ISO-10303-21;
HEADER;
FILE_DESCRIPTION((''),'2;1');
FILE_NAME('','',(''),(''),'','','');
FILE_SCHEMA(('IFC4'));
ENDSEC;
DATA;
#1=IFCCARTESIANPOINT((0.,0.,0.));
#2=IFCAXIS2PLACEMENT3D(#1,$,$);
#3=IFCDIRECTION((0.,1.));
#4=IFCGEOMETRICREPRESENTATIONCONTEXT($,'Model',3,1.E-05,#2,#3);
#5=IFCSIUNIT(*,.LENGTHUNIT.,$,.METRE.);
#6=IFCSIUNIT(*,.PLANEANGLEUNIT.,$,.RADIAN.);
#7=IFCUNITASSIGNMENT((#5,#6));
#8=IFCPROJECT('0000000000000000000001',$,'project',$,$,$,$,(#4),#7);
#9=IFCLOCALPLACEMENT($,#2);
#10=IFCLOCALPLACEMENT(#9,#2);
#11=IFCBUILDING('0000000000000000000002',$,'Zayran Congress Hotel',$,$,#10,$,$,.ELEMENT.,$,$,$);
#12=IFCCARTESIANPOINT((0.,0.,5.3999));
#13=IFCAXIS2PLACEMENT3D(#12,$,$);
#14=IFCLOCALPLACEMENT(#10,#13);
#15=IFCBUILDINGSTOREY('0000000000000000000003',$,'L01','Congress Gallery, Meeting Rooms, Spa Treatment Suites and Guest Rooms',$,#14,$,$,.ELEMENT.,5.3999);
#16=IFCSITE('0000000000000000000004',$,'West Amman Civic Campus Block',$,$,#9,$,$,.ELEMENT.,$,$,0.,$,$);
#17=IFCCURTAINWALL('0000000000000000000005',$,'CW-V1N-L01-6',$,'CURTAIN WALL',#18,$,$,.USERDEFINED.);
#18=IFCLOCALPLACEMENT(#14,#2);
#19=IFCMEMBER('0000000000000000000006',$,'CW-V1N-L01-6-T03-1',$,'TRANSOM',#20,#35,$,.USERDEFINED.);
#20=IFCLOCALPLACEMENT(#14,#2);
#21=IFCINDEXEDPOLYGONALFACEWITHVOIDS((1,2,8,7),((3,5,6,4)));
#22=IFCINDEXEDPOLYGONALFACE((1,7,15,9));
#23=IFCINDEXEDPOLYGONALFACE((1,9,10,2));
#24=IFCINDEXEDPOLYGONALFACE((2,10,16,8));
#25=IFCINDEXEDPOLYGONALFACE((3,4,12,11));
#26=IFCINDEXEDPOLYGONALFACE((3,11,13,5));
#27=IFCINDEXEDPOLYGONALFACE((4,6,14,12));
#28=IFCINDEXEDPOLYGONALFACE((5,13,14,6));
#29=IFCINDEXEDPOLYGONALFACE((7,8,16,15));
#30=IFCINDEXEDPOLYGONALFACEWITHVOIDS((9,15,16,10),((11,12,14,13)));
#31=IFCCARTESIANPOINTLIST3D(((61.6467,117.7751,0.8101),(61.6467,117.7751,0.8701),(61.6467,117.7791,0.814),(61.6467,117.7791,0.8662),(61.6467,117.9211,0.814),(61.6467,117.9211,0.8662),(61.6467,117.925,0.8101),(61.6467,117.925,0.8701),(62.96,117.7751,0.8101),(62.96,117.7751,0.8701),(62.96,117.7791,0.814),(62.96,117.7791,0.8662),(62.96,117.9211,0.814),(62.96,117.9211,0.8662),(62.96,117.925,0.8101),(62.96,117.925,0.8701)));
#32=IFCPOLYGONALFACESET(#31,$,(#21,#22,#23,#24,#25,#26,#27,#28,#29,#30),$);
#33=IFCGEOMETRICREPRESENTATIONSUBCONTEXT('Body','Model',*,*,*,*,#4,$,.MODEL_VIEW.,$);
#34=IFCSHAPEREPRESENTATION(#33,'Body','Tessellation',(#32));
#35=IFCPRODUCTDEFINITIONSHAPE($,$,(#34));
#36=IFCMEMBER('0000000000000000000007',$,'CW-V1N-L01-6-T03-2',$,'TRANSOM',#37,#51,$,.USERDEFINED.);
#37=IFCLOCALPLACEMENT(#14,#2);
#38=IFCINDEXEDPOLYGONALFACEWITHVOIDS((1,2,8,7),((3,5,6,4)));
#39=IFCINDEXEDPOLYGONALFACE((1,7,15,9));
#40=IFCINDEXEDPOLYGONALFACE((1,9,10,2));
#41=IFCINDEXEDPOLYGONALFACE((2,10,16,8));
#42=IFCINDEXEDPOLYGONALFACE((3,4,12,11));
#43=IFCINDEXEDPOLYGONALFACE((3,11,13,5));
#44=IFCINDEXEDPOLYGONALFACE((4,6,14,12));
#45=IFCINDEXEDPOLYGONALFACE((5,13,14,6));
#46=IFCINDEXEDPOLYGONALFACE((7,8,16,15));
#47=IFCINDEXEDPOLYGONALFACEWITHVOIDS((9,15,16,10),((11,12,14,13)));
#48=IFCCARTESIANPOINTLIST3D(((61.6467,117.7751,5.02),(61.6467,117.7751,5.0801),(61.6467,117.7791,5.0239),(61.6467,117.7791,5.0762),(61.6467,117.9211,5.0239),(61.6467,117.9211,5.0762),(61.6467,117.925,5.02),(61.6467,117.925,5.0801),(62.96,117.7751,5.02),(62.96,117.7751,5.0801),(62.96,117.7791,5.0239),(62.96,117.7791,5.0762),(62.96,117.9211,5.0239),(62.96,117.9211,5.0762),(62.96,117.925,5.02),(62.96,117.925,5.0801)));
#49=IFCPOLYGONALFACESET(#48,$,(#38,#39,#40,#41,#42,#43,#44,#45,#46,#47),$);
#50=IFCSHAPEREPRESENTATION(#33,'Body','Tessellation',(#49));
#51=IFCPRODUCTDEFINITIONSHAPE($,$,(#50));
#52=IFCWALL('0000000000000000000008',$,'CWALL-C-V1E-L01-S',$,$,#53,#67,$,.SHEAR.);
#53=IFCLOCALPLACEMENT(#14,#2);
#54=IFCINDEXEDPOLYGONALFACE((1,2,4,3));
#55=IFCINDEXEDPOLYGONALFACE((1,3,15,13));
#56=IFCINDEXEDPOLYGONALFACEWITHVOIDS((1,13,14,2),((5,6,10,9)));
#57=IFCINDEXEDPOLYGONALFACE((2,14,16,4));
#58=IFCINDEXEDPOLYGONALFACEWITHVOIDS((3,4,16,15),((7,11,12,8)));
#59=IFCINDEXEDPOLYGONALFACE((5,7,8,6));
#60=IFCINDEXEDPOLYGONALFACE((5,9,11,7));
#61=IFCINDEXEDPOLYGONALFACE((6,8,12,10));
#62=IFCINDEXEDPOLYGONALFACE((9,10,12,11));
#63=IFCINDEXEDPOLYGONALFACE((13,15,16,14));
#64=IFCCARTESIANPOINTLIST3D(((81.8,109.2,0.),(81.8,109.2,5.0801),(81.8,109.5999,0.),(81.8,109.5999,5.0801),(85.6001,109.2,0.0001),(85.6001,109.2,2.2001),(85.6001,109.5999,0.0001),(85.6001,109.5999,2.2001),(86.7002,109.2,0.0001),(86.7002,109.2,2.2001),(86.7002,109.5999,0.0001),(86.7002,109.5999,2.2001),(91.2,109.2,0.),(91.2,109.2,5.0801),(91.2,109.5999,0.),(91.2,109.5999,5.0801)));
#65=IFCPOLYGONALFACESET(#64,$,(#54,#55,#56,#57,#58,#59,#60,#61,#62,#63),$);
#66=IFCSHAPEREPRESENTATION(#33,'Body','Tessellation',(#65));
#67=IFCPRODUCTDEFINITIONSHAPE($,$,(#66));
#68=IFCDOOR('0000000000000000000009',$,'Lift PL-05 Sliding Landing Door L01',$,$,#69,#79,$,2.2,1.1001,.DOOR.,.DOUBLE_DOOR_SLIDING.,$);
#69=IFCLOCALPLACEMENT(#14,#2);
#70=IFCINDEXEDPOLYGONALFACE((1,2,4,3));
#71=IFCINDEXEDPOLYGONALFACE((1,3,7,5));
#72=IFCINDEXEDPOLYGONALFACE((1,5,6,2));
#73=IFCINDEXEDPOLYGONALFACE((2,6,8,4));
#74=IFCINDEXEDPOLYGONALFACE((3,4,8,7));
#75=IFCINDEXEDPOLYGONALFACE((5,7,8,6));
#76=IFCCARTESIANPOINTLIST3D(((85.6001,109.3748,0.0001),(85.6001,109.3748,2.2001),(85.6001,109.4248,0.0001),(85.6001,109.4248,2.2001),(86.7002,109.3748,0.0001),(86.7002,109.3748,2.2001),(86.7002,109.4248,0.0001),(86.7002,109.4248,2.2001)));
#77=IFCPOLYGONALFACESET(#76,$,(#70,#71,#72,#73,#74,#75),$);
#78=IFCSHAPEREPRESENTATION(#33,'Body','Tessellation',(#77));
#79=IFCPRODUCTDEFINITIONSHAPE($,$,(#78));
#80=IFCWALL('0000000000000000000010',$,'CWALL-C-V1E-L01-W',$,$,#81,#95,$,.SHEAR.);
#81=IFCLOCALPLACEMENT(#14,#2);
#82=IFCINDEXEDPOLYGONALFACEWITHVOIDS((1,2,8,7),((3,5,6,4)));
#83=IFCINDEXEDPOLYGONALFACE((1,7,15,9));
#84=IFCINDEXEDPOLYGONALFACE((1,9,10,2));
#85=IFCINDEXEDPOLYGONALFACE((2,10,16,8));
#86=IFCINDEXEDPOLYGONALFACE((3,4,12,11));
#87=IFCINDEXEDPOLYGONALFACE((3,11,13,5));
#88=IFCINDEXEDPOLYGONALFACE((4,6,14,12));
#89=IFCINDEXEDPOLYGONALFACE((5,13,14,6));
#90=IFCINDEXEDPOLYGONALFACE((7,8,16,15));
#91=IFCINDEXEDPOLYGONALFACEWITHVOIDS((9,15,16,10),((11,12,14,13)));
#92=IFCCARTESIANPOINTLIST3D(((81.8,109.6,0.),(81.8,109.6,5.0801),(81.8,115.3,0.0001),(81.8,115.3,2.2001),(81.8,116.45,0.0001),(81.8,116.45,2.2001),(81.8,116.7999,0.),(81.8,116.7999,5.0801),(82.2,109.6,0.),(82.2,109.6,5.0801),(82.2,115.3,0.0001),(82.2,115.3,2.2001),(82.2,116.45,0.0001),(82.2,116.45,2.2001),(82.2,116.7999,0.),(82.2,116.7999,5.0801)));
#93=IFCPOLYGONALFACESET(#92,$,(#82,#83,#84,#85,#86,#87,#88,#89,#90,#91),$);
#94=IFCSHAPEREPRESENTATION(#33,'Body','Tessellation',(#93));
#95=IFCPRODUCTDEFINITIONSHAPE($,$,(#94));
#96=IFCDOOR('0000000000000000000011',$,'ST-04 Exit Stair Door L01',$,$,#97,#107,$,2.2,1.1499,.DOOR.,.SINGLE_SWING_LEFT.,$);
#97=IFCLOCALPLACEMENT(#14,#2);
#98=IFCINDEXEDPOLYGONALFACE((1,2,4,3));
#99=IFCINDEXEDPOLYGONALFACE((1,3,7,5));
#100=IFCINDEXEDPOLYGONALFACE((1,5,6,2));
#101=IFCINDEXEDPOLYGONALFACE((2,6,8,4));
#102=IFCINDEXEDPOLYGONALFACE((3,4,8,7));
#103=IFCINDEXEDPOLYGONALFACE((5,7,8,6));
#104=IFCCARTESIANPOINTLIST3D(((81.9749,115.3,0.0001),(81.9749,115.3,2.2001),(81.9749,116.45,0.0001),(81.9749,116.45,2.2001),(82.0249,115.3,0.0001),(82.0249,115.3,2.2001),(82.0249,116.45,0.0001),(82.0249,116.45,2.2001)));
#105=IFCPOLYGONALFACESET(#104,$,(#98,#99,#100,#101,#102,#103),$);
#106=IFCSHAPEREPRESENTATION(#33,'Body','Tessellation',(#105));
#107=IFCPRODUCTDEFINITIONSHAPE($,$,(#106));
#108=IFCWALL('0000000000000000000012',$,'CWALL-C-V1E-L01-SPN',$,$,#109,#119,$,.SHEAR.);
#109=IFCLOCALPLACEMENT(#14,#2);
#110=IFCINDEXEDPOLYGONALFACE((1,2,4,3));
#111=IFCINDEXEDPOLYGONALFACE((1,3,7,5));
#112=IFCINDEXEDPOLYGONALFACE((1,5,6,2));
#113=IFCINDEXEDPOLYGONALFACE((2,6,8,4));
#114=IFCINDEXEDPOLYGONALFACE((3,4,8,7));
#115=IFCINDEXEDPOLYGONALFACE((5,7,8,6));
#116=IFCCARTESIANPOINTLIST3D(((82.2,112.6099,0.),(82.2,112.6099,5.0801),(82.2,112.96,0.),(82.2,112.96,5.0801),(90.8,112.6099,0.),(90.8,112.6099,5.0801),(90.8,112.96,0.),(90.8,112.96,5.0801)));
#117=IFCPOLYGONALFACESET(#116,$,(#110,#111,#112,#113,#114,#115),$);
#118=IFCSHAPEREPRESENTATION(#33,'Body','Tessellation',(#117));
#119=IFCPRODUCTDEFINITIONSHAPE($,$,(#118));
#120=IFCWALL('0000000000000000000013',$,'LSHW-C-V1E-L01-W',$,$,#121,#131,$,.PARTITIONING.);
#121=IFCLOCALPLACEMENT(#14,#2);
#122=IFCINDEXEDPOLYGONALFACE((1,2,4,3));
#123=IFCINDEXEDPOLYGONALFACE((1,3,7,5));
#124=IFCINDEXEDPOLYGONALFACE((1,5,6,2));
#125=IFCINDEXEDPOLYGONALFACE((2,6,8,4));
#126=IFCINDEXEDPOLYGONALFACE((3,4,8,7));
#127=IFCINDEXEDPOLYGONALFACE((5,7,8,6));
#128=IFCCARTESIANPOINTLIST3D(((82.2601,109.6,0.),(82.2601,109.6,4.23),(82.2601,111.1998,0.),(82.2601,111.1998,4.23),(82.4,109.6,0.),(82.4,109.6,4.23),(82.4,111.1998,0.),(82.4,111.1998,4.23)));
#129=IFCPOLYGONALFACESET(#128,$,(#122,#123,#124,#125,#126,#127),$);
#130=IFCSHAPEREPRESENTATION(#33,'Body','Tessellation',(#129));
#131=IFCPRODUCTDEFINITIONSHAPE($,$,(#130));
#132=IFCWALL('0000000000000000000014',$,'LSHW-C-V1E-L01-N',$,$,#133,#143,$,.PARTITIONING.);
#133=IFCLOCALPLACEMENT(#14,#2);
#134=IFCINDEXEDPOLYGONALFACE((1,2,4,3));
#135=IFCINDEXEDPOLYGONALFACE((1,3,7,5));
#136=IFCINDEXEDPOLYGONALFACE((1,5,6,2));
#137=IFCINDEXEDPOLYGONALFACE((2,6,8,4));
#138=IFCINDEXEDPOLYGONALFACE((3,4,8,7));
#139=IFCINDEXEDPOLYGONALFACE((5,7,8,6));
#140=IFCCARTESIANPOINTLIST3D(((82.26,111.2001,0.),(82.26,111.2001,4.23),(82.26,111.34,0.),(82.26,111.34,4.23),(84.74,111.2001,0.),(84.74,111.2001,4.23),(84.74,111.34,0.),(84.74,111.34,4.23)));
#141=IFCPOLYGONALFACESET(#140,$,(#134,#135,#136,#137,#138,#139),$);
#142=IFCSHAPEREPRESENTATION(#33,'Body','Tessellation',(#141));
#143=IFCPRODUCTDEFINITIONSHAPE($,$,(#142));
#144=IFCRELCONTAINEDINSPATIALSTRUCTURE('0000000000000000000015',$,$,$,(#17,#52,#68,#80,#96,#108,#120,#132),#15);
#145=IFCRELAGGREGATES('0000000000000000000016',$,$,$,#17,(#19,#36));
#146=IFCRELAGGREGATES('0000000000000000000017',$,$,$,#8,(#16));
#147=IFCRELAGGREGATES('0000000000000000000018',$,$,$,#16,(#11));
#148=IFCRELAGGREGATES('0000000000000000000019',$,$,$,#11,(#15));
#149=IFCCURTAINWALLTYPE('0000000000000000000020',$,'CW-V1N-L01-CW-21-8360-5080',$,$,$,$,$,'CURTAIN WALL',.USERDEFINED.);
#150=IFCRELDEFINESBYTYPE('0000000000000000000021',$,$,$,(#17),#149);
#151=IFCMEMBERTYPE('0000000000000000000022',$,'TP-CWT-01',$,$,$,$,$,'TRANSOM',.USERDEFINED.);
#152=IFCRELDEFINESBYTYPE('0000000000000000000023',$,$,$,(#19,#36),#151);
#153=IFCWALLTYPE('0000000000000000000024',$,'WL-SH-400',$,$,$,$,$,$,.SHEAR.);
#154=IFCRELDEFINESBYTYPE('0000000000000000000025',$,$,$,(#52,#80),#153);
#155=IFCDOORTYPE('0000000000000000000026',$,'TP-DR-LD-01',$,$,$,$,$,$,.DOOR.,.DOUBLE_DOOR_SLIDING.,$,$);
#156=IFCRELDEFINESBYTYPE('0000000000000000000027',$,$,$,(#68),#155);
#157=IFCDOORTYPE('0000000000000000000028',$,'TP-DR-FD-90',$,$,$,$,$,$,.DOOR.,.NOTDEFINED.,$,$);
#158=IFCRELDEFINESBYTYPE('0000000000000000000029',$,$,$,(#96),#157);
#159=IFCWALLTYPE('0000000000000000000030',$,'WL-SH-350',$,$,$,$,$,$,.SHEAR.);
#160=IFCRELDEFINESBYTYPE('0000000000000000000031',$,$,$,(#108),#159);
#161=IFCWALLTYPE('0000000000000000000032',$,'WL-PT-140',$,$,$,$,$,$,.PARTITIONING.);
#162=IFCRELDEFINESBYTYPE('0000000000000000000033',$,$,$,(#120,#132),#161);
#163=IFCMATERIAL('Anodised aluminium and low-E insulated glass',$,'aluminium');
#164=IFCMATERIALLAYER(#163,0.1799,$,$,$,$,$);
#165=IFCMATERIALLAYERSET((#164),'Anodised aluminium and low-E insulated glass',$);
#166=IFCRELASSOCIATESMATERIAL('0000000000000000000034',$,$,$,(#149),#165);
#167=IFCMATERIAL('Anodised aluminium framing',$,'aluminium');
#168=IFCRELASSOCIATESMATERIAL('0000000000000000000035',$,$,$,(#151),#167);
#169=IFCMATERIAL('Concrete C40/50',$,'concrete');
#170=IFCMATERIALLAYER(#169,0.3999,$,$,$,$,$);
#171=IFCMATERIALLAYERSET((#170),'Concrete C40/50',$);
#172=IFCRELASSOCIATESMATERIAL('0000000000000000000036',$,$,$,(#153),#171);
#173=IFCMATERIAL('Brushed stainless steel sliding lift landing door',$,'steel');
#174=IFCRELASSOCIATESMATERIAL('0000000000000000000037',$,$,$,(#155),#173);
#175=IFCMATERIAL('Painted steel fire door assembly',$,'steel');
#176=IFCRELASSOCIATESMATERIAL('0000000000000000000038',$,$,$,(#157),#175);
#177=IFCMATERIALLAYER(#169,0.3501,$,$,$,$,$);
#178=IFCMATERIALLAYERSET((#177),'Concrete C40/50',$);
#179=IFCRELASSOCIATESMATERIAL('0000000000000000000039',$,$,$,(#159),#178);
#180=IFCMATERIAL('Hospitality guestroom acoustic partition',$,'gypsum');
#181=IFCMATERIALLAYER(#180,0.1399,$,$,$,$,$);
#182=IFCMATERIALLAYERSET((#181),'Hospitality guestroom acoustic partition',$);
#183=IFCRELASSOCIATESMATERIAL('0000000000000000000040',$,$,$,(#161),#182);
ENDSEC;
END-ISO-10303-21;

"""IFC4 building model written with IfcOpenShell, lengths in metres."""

from ifc_helpers import new_model, si_unit, direction, frame, frame_2d, origin, origin_2d, place, context, subcontext, project, spatial, rectangle, hollow_rectangle, extrude, material, layer, layer_set, material_profile, profile_set, type_object, element, fill, aggregate, save


model = new_model("IFC4")

# Units and contexts
model_context = context("Model", 3, precision=1e-05, world=origin(), true_north=direction((0.0, 1.0)))
body_context = subcontext(model_context, "Body", "Model", "MODEL_VIEW")
ifc_project = project(units=[si_unit("LENGTHUNIT", "METRE"), si_unit("PLANEANGLEUNIT", "RADIAN")], contexts=[model_context])

# Site, building, storey
site_placement = place(None, origin())
site = spatial("IfcSite", under=ifc_project, at=site_placement, Name="West Amman Civic Campus Block", CompositionType="ELEMENT", RefElevation=0.0)
building_placement = place(site_placement, origin())
building = spatial("IfcBuilding", under=site, at=building_placement, Name="Zayran Congress Hotel", CompositionType="ELEMENT")
storey_placement = place(building_placement, frame((0.0, 0.0, 5.3999)))
storey = spatial("IfcBuildingStorey", under=building, at=storey_placement, Name="L01", Description="Congress Gallery, Meeting Rooms, Spa Treatment Suites and Guest Rooms", CompositionType="ELEMENT", Elevation=5.3999)

# Shared definitions
ifc_material_1 = material(Name="Concrete C40/50", Category="concrete")

# Curtain wall, members
ifc_material_2 = material(Name="Anodised aluminium and low-E insulated glass", Category="aluminium")
ifc_layer_1 = layer(ifc_material_2, 0.1799)
ifc_layer_set_1 = layer_set([ifc_layer_1], Name="Anodised aluminium and low-E insulated glass")
curtain_wall_type = type_object("IfcCurtainWallType", Name="CW-V1N-L01-CW-21-8360-5080", ElementType="CURTAIN WALL", PredefinedType="USERDEFINED", material=ifc_layer_set_1)
curtain_wall_placement = place(storey_placement, origin())
curtain_wall = element("IfcCurtainWall", 1, at=curtain_wall_placement, inside=storey, type_object=curtain_wall_type, Name="CW-V1N-L01-6", ObjectType="CURTAIN WALL", PredefinedType="USERDEFINED")
ifc_material_3 = material(Name="Anodised aluminium framing", Category="aluminium")
ifc_material_profile_1 = material_profile(ifc_material_3, hollow_rectangle(XDim=0.0601, YDim=0.1499, WallThickness=0.0039, at=origin_2d()), Name="RHS 150x60x4")
ifc_profile_set_1 = profile_set([ifc_material_profile_1], Name="Anodised aluminium framing")
member_type_1 = type_object("IfcMemberType", Name="TP-CWT-01", ElementType="TRANSOM", PredefinedType="USERDEFINED", material=ifc_profile_set_1)
member_1_placement = place(storey_placement, frame((62.96, 117.8501, 0.8401), z_axis=(-1.0, 0.0, 0.0), x_axis=(0.0, 0.0, 1.0)))
member_1 = element("IfcMember", 2, at=member_1_placement, type_object=member_type_1, Name="CW-V1N-L01-6-T03-1", ObjectType="TRANSOM", PredefinedType="USERDEFINED", context=body_context, shape_type="SweptSolid", body=[
    extrude(hollow_rectangle(XDim=0.0601, YDim=0.1499, WallThickness=0.0039, at=origin_2d()), origin(), (0.0, 0.0, 1.0), 1.3132),
])
member_2_placement = place(storey_placement, frame((62.96, 117.8501, 5.05), z_axis=(-1.0, 0.0, 0.0), x_axis=(0.0, 0.0, 1.0)))
member_2 = element("IfcMember", 3, at=member_2_placement, type_object=member_type_1, Name="CW-V1N-L01-6-T03-2", ObjectType="TRANSOM", PredefinedType="USERDEFINED", context=body_context, shape_type="SweptSolid", body=[
    extrude(hollow_rectangle(XDim=0.0601, YDim=0.1499, WallThickness=0.0039, at=origin_2d()), origin(), (0.0, 0.0, 1.0), 1.3132),
])
aggregate(curtain_wall, [member_1, member_2])

# Walls, openings, doors
ifc_layer_2 = layer(ifc_material_1, 0.3999)
ifc_layer_set_2 = layer_set([ifc_layer_2], Name="Concrete C40/50")
wall_type_1 = type_object("IfcWallType", Name="WL-SH-400", PredefinedType="SHEAR", material=ifc_layer_set_2)
wall_1_placement = place(storey_placement, frame((81.8, 109.3999, 0.0), z_axis=(0.0, 0.0, 1.0), x_axis=(1.0, 0.0, 0.0)))
wall_1 = element("IfcWall", 4, at=wall_1_placement, inside=storey, type_object=wall_type_1, Name="CWALL-C-V1E-L01-S", PredefinedType="SHEAR", context=body_context, shape_type="SweptSolid", body=[
    extrude(rectangle(XDim=9.3999, YDim=0.3999, at=frame_2d((4.7, 0.0))), origin(), (0.0, 0.0, 1.0), 5.0801),
])
opening_1_placement = place(wall_1_placement, frame((3.8, 0.0, 0.0)))
opening_1 = element("IfcOpeningElement", 5, at=opening_1_placement, cuts=wall_1, PredefinedType="OPENING", context=body_context, shape_type="SweptSolid", body=[
    extrude(rectangle(XDim=1.1001, YDim=2.2, at=frame_2d((0.55, 1.1001))), frame((0.0, 0.21, 0.0), z_axis=(0.0, -1.0, 0.0), x_axis=(1.0, 0.0, 0.0)), (0.0, 0.0, 1.0), 0.4199),
])
ifc_material_4 = material(Name="Brushed stainless steel sliding lift landing door", Category="steel")
door_type_1 = type_object("IfcDoorType", Name="TP-DR-LD-01", OperationType="DOUBLE_DOOR_SLIDING", PredefinedType="DOOR", material=ifc_material_4)
door_1_placement = place(opening_1_placement, origin())
door_1 = element("IfcDoor", 6, at=door_1_placement, inside=storey, type_object=door_type_1, Name="Lift PL-05 Sliding Landing Door L01", OperationType="DOUBLE_DOOR_SLIDING", OverallHeight=2.2, OverallWidth=1.1001, PredefinedType="DOOR", context=body_context, shape_type="SweptSolid", body=[
    extrude(rectangle(XDim=1.1001, YDim=2.2, at=frame_2d((0.55, 1.1001))), frame((0.0, 0.0249, 0.0), z_axis=(0.0, -1.0, 0.0), x_axis=(1.0, 0.0, 0.0)), (0.0, 0.0, 1.0), 0.05),
])
fill(opening_1, door_1)
wall_2_placement = place(storey_placement, frame((82.0, 116.8, 0.0), z_axis=(0.0, 0.0, 1.0), x_axis=(0.0, -1.0, 0.0)))
wall_2 = element("IfcWall", 7, at=wall_2_placement, inside=storey, type_object=wall_type_1, Name="CWALL-C-V1E-L01-W", PredefinedType="SHEAR", context=body_context, shape_type="SweptSolid", body=[
    extrude(rectangle(XDim=7.2, YDim=0.3999, at=frame_2d((3.6001, 0.0))), origin(), (0.0, 0.0, 1.0), 5.0801),
])
opening_2_placement = place(wall_2_placement, frame((0.3501, 0.0, 0.0)))
opening_2 = element("IfcOpeningElement", 8, at=opening_2_placement, cuts=wall_2, PredefinedType="OPENING", context=body_context, shape_type="SweptSolid", body=[
    extrude(rectangle(XDim=1.1499, YDim=2.2, at=frame_2d((0.575, 1.1001))), frame((0.0, 0.21, 0.0), z_axis=(0.0, -1.0, 0.0), x_axis=(1.0, 0.0, 0.0)), (0.0, 0.0, 1.0), 0.4199),
])
ifc_material_5 = material(Name="Painted steel fire door assembly", Category="steel")
door_type_2 = type_object("IfcDoorType", Name="TP-DR-FD-90", OperationType="NOTDEFINED", PredefinedType="DOOR", material=ifc_material_5)
door_2_placement = place(opening_2_placement, origin())
door_2 = element("IfcDoor", 9, at=door_2_placement, inside=storey, type_object=door_type_2, Name="ST-04 Exit Stair Door L01", OperationType="SINGLE_SWING_LEFT", OverallHeight=2.2, OverallWidth=1.1499, PredefinedType="DOOR", context=body_context, shape_type="SweptSolid", body=[
    extrude(rectangle(XDim=1.1499, YDim=2.2, at=frame_2d((0.575, 1.1001))), frame((0.0, 0.0249, 0.0), z_axis=(0.0, -1.0, 0.0), x_axis=(1.0, 0.0, 0.0)), (0.0, 0.0, 1.0), 0.05),
])
fill(opening_2, door_2)

# Walls
ifc_layer_3 = layer(ifc_material_1, 0.3501)
ifc_layer_set_3 = layer_set([ifc_layer_3], Name="Concrete C40/50")
wall_type_2 = type_object("IfcWallType", Name="WL-SH-350", PredefinedType="SHEAR", material=ifc_layer_set_3)
wall_3_placement = place(storey_placement, frame((82.2, 112.7849, 0.0), z_axis=(0.0, 0.0, 1.0), x_axis=(1.0, 0.0, 0.0)))
element("IfcWall", 10, at=wall_3_placement, inside=storey, type_object=wall_type_2, Name="CWALL-C-V1E-L01-SPN", PredefinedType="SHEAR", context=body_context, shape_type="SweptSolid", body=[
    extrude(rectangle(XDim=8.6001, YDim=0.3501, at=frame_2d((4.3, 0.0))), origin(), (0.0, 0.0, 1.0), 5.0801),
])
ifc_material_6 = material(Name="Hospitality guestroom acoustic partition", Category="gypsum")
ifc_layer_4 = layer(ifc_material_6, 0.1399)
ifc_layer_set_4 = layer_set([ifc_layer_4], Name="Hospitality guestroom acoustic partition")
wall_type_3 = type_object("IfcWallType", Name="WL-PT-140", PredefinedType="PARTITIONING", material=ifc_layer_set_4)
wall_4_placement = place(storey_placement, frame((82.3301, 109.6001, 0.0), z_axis=(0.0, 0.0, 1.0), x_axis=(0.0, 1.0, 0.0)))
element("IfcWall", 11, at=wall_4_placement, inside=storey, type_object=wall_type_3, Name="LSHW-C-V1E-L01-W", PredefinedType="PARTITIONING", context=body_context, shape_type="SweptSolid", body=[
    extrude(rectangle(XDim=1.5999, YDim=0.1399, at=frame_2d((0.7998, 0.0))), origin(), (0.0, 0.0, 1.0), 4.23),
])
wall_5_placement = place(storey_placement, frame((82.26, 111.27, 0.0), z_axis=(0.0, 0.0, 1.0), x_axis=(1.0, 0.0, 0.0)))
element("IfcWall", 12, at=wall_5_placement, inside=storey, type_object=wall_type_3, Name="LSHW-C-V1E-L01-N", PredefinedType="PARTITIONING", context=body_context, shape_type="SweptSolid", body=[
    extrude(rectangle(XDim=2.48, YDim=0.1399, at=frame_2d((1.24, 0.0))), origin(), (0.0, 0.0, 1.0), 4.23),
])

save(model, "model.ifc")
